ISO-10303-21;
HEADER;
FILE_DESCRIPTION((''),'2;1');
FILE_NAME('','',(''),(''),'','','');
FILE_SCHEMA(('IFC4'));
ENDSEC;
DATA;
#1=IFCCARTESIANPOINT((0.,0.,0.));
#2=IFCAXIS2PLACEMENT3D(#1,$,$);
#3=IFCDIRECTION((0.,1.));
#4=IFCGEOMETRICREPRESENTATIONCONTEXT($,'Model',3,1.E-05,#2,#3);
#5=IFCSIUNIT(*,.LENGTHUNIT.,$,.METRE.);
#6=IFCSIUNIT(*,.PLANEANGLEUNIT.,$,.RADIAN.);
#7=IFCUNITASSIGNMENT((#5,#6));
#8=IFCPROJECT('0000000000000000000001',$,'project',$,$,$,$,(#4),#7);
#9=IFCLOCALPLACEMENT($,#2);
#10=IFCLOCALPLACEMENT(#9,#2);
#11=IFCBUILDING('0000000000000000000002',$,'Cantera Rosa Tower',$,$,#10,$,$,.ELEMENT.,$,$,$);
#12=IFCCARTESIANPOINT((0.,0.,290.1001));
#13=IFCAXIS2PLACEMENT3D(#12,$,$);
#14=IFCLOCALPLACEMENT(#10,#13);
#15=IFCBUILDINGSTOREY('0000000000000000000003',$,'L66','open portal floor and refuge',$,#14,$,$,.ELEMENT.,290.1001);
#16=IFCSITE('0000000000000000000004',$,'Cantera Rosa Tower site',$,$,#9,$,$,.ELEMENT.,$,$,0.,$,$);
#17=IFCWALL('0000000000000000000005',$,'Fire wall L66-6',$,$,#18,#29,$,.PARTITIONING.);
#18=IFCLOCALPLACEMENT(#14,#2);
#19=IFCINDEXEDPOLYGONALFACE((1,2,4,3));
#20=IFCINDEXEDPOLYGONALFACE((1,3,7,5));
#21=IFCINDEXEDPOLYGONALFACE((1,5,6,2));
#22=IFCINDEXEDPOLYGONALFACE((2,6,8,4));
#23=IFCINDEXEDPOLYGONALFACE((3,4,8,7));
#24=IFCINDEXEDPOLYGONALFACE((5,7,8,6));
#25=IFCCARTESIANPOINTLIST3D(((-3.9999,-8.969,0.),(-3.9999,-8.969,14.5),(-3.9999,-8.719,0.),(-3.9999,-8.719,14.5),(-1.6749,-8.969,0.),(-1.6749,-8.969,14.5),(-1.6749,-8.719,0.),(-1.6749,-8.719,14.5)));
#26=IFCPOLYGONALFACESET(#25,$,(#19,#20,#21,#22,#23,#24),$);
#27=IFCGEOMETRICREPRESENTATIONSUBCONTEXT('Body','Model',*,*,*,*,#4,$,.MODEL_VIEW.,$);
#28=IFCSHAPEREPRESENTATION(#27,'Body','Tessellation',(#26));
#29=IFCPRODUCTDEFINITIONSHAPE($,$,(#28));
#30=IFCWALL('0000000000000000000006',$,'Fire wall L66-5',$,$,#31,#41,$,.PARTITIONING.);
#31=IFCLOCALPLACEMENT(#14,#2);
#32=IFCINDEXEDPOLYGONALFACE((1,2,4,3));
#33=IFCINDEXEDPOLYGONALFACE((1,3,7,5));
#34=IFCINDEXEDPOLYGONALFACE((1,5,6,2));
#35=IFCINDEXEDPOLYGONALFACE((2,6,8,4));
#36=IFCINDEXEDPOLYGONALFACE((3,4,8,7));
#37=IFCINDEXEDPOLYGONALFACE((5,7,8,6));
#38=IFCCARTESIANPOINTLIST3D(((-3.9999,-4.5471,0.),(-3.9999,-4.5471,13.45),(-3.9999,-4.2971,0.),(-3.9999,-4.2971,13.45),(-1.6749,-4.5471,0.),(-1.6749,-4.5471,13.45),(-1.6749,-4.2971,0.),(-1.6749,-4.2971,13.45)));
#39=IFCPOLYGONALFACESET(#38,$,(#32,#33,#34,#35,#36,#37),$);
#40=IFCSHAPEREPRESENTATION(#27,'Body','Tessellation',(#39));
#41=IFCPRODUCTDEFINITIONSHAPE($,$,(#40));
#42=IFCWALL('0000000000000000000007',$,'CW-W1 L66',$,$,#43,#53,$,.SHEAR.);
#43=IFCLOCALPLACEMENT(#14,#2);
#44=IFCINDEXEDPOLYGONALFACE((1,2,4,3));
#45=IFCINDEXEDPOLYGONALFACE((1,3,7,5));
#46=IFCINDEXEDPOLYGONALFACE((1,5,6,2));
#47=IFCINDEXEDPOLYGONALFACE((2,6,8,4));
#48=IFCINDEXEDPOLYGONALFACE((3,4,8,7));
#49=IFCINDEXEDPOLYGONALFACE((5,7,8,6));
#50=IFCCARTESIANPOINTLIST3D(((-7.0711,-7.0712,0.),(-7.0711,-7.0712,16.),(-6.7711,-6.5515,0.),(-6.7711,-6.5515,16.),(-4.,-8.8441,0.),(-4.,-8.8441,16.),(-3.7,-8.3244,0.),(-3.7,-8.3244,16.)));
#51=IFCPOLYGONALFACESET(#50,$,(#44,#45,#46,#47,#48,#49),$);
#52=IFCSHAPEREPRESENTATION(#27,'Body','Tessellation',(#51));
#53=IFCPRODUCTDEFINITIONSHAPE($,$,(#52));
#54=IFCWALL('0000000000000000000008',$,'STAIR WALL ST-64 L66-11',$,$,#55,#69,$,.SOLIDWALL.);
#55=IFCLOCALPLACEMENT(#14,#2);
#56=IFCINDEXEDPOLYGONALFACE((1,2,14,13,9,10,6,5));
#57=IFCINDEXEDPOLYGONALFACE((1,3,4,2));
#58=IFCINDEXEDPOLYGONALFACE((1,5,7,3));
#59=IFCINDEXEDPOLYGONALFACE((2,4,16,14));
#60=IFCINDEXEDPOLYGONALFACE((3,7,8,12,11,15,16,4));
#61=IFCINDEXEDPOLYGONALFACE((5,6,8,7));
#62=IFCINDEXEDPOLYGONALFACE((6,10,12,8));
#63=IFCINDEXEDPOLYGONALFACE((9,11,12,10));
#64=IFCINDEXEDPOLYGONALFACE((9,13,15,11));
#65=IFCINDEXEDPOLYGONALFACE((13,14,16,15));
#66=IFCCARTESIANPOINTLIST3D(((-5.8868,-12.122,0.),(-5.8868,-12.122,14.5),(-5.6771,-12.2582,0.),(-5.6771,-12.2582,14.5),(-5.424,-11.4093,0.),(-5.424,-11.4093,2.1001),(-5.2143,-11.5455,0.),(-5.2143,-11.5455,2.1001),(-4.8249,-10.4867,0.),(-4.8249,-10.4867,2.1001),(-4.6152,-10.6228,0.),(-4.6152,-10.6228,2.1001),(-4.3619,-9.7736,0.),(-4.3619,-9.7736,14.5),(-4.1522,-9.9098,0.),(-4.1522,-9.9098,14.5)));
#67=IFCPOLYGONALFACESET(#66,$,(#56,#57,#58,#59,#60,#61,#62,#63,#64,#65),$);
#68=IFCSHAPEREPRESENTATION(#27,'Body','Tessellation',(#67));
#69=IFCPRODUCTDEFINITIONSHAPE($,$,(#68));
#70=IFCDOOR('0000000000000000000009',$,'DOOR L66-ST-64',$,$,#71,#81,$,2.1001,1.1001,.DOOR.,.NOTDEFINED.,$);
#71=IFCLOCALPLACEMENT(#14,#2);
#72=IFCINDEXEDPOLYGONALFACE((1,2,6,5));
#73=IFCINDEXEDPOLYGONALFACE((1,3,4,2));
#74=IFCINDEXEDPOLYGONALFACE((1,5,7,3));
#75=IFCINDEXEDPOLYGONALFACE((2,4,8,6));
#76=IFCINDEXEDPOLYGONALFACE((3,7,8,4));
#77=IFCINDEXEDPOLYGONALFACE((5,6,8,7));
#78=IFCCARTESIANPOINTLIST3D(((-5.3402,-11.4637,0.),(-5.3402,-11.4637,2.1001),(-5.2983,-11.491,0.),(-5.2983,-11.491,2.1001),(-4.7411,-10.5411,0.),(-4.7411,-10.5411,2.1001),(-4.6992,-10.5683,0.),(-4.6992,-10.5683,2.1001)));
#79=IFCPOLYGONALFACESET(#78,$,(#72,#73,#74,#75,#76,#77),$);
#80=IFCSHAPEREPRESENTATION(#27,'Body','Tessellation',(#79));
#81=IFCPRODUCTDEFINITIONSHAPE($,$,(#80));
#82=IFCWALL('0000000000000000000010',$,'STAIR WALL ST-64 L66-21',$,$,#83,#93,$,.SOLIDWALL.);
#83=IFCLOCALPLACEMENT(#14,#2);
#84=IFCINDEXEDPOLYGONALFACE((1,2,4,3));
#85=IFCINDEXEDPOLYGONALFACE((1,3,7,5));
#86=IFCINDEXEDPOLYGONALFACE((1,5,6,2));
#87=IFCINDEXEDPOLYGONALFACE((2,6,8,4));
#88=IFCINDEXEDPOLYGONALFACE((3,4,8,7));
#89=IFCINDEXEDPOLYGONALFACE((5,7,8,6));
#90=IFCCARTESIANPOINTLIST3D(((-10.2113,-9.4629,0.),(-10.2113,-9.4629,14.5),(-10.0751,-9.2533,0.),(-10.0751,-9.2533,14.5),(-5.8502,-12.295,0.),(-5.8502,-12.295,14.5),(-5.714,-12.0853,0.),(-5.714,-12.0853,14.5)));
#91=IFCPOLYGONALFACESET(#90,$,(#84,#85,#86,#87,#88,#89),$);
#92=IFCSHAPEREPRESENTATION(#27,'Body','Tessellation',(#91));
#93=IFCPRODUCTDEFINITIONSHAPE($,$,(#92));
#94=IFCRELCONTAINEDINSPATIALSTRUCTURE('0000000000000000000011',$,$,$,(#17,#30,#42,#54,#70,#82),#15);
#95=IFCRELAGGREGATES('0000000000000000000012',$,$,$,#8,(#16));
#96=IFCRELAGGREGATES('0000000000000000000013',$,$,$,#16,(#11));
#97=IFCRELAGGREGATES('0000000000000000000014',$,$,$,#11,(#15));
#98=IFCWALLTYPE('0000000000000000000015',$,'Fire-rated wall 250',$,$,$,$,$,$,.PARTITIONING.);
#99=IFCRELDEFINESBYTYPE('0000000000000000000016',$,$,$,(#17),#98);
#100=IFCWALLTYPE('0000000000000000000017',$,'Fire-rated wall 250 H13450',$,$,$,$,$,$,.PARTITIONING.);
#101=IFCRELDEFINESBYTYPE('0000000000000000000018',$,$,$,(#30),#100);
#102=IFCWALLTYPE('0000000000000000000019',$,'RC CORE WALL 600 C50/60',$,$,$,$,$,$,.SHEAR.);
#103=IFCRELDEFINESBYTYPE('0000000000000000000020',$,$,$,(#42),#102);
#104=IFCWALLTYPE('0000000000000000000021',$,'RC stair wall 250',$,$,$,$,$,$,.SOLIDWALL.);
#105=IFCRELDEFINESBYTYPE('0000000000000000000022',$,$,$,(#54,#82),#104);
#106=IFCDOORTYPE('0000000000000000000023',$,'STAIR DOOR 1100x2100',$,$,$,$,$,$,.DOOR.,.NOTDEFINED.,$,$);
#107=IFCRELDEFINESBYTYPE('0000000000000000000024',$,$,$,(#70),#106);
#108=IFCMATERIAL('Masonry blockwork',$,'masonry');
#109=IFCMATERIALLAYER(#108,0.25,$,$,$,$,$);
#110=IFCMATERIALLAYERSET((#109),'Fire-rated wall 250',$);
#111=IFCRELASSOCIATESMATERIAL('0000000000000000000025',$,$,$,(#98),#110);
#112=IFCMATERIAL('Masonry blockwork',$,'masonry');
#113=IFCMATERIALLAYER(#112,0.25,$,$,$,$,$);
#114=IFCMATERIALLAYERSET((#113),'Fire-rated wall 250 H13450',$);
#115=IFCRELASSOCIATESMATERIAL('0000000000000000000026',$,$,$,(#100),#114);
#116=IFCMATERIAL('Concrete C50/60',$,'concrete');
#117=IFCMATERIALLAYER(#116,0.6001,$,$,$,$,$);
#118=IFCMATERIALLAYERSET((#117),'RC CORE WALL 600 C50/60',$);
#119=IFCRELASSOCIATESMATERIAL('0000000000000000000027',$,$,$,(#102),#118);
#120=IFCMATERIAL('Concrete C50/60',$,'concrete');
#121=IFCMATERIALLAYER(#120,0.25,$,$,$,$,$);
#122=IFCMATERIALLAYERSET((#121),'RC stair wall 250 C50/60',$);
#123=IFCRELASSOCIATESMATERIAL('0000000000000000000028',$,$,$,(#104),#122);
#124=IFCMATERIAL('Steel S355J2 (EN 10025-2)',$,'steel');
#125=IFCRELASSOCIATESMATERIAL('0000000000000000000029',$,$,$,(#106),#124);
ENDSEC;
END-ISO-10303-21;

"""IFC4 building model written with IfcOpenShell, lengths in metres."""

from ifc_helpers import new_model, si_unit, direction, frame, frame_2d, origin, place, context, subcontext, project, spatial, rectangle, extrude, material, layer, layer_set, type_object, element, fill, save


model = new_model("IFC4")

# Units and contexts
model_context = context("Model", 3, precision=1e-05, world=origin(), true_north=direction((0.0, 1.0)))
body_context = subcontext(model_context, "Body", "Model", "MODEL_VIEW")
ifc_project = project(units=[si_unit("LENGTHUNIT", "METRE"), si_unit("PLANEANGLEUNIT", "RADIAN")], contexts=[model_context])

# Site, building, storey
site_placement = place(None, origin())
site = spatial("IfcSite", under=ifc_project, at=site_placement, Name="Cantera Rosa Tower site", CompositionType="ELEMENT", RefElevation=0.0)
building_placement = place(site_placement, origin())
building = spatial("IfcBuilding", under=site, at=building_placement, Name="Cantera Rosa Tower", CompositionType="ELEMENT")
storey_placement = place(building_placement, frame((0.0, 0.0, 290.1001)))
storey = spatial("IfcBuildingStorey", under=building, at=storey_placement, Name="L66", Description="open portal floor and refuge", CompositionType="ELEMENT", Elevation=290.1001)

# Shared definitions
ifc_material_1 = material(Name="Masonry blockwork", Category="masonry")
ifc_layer_1 = layer(ifc_material_1, 0.25)
ifc_layer_set_1 = layer_set([ifc_layer_1], Name="Fire-rated wall 250")
wall_type_1 = type_object("IfcWallType", Name="Fire-rated wall 250", PredefinedType="PARTITIONING", material=ifc_layer_set_1)

# Walls
wall_1_placement = place(storey_placement, frame((-4.0, -8.844, 0.0), z_axis=(0.0, 0.0, 1.0), x_axis=(1.0, 0.0, 0.0)))
element("IfcWall", 1, at=wall_1_placement, inside=storey, type_object=wall_type_1, Name="Fire wall L66-6", PredefinedType="PARTITIONING", context=body_context, shape_type="SweptSolid", body=[
    extrude(rectangle(XDim=2.325, YDim=0.25, at=frame_2d((1.1626, 0.0))), origin(), (0.0, 0.0, 1.0), 14.5),
])
ifc_material_2 = material(Name="Masonry blockwork", Category="masonry")
ifc_layer_2 = layer(ifc_material_2, 0.25)
ifc_layer_set_2 = layer_set([ifc_layer_2], Name="Fire-rated wall 250 H13450")
wall_type_2 = type_object("IfcWallType", Name="Fire-rated wall 250 H13450", PredefinedType="PARTITIONING", material=ifc_layer_set_2)
wall_2_placement = place(storey_placement, frame((-4.0, -4.4221, 0.0), z_axis=(0.0, 0.0, 1.0), x_axis=(1.0, 0.0, 0.0)))
element("IfcWall", 2, at=wall_2_placement, inside=storey, type_object=wall_type_2, Name="Fire wall L66-5", PredefinedType="PARTITIONING", context=body_context, shape_type="SweptSolid", body=[
    extrude(rectangle(XDim=2.325, YDim=0.25, at=frame_2d((1.1626, 0.0))), origin(), (0.0, 0.0, 1.0), 13.45),
])
ifc_material_3 = material(Name="Concrete C50/60", Category="concrete")
ifc_layer_3 = layer(ifc_material_3, 0.6001)
ifc_layer_set_3 = layer_set([ifc_layer_3], Name="RC CORE WALL 600 C50/60")
wall_type_3 = type_object("IfcWallType", Name="RC CORE WALL 600 C50/60", PredefinedType="SHEAR", material=ifc_layer_set_3)
wall_3_placement = place(storey_placement, frame((-3.8501, -8.5842, 0.0), z_axis=(0.0, 0.0, 1.0), x_axis=(-0.86604, 0.499975, 0.0)))
element("IfcWall", 3, at=wall_3_placement, inside=storey, type_object=wall_type_3, Name="CW-W1 L66", PredefinedType="SHEAR", context=body_context, shape_type="SweptSolid", body=[
    extrude(rectangle(XDim=3.5461, YDim=0.6001, at=frame_2d((1.7729, 0.0))), origin(), (0.0, 0.0, 1.0), 16.0),
])

# Wall, opening, door
ifc_material_4 = material(Name="Concrete C50/60", Category="concrete")
ifc_layer_4 = layer(ifc_material_4, 0.25)
ifc_layer_set_4 = layer_set([ifc_layer_4], Name="RC stair wall 250 C50/60")
wall_type_4 = type_object("IfcWallType", Name="RC stair wall 250", PredefinedType="SOLIDWALL", material=ifc_layer_set_4)
wall_4_placement = place(storey_placement, frame((-4.2571, -9.8418, 0.0), z_axis=(0.0, 0.0, 1.0), x_axis=(-0.544599, -0.838697, 0.0)))
wall_4 = element("IfcWall", 4, at=wall_4_placement, inside=storey, type_object=wall_type_4, Name="STAIR WALL ST-64 L66-11", PredefinedType="SOLIDWALL", context=body_context, shape_type="SweptSolid", body=[
    extrude(rectangle(XDim=2.8, YDim=0.25, at=frame_2d((1.3999, 0.0))), origin(), (0.0, 0.0, 1.0), 14.5),
])
opening_1_placement = place(wall_4_placement, frame((0.8501, 0.0, 0.0)))
opening_1 = element("IfcOpeningElement", 5, at=opening_1_placement, cuts=wall_4, PredefinedType="OPENING", context=body_context, shape_type="SweptSolid", body=[
    extrude(rectangle(XDim=1.1001, YDim=2.1001, at=frame_2d((0.55, 1.05))), frame((0.0, 0.135, 0.0), z_axis=(0.0, -1.0, 0.0), x_axis=(1.0, 0.0, 0.0)), (0.0, 0.0, 1.0), 0.27),
])
ifc_material_5 = material(Name="Steel S355J2 (EN 10025-2)", Category="steel")
door_type_1 = type_object("IfcDoorType", Name="STAIR DOOR 1100x2100", OperationType="NOTDEFINED", PredefinedType="DOOR", material=ifc_material_5)
door_1_placement = place(opening_1_placement, origin())
door_1 = element("IfcDoor", 6, at=door_1_placement, inside=storey, type_object=door_type_1, Name="DOOR L66-ST-64", OperationType="NOTDEFINED", OverallHeight=2.1001, OverallWidth=1.1001, PredefinedType="DOOR", context=body_context, shape_type="SweptSolid", body=[
    extrude(rectangle(XDim=1.1001, YDim=2.1001, at=frame_2d((0.55, 1.05))), frame((0.0, 0.0249, 0.0), z_axis=(0.0, -1.0, 0.0), x_axis=(1.0, 0.0, 0.0)), (0.0, 0.0, 1.0), 0.05),
])
fill(opening_1, door_1)

# Wall
wall_5_placement = place(storey_placement, frame((-5.782, -12.1902, 0.0), z_axis=(0.0, 0.0, 1.0), x_axis=(-0.838678, 0.544627, 0.0)))
element("IfcWall", 7, at=wall_5_placement, inside=storey, type_object=wall_type_4, Name="STAIR WALL ST-64 L66-21", PredefinedType="SOLIDWALL", context=body_context, shape_type="SweptSolid", body=[
    extrude(rectangle(XDim=5.2, YDim=0.25, at=frame_2d((2.6001, 0.0))), origin(), (0.0, 0.0, 1.0), 14.5),
])

save(model, "model.ifc")
